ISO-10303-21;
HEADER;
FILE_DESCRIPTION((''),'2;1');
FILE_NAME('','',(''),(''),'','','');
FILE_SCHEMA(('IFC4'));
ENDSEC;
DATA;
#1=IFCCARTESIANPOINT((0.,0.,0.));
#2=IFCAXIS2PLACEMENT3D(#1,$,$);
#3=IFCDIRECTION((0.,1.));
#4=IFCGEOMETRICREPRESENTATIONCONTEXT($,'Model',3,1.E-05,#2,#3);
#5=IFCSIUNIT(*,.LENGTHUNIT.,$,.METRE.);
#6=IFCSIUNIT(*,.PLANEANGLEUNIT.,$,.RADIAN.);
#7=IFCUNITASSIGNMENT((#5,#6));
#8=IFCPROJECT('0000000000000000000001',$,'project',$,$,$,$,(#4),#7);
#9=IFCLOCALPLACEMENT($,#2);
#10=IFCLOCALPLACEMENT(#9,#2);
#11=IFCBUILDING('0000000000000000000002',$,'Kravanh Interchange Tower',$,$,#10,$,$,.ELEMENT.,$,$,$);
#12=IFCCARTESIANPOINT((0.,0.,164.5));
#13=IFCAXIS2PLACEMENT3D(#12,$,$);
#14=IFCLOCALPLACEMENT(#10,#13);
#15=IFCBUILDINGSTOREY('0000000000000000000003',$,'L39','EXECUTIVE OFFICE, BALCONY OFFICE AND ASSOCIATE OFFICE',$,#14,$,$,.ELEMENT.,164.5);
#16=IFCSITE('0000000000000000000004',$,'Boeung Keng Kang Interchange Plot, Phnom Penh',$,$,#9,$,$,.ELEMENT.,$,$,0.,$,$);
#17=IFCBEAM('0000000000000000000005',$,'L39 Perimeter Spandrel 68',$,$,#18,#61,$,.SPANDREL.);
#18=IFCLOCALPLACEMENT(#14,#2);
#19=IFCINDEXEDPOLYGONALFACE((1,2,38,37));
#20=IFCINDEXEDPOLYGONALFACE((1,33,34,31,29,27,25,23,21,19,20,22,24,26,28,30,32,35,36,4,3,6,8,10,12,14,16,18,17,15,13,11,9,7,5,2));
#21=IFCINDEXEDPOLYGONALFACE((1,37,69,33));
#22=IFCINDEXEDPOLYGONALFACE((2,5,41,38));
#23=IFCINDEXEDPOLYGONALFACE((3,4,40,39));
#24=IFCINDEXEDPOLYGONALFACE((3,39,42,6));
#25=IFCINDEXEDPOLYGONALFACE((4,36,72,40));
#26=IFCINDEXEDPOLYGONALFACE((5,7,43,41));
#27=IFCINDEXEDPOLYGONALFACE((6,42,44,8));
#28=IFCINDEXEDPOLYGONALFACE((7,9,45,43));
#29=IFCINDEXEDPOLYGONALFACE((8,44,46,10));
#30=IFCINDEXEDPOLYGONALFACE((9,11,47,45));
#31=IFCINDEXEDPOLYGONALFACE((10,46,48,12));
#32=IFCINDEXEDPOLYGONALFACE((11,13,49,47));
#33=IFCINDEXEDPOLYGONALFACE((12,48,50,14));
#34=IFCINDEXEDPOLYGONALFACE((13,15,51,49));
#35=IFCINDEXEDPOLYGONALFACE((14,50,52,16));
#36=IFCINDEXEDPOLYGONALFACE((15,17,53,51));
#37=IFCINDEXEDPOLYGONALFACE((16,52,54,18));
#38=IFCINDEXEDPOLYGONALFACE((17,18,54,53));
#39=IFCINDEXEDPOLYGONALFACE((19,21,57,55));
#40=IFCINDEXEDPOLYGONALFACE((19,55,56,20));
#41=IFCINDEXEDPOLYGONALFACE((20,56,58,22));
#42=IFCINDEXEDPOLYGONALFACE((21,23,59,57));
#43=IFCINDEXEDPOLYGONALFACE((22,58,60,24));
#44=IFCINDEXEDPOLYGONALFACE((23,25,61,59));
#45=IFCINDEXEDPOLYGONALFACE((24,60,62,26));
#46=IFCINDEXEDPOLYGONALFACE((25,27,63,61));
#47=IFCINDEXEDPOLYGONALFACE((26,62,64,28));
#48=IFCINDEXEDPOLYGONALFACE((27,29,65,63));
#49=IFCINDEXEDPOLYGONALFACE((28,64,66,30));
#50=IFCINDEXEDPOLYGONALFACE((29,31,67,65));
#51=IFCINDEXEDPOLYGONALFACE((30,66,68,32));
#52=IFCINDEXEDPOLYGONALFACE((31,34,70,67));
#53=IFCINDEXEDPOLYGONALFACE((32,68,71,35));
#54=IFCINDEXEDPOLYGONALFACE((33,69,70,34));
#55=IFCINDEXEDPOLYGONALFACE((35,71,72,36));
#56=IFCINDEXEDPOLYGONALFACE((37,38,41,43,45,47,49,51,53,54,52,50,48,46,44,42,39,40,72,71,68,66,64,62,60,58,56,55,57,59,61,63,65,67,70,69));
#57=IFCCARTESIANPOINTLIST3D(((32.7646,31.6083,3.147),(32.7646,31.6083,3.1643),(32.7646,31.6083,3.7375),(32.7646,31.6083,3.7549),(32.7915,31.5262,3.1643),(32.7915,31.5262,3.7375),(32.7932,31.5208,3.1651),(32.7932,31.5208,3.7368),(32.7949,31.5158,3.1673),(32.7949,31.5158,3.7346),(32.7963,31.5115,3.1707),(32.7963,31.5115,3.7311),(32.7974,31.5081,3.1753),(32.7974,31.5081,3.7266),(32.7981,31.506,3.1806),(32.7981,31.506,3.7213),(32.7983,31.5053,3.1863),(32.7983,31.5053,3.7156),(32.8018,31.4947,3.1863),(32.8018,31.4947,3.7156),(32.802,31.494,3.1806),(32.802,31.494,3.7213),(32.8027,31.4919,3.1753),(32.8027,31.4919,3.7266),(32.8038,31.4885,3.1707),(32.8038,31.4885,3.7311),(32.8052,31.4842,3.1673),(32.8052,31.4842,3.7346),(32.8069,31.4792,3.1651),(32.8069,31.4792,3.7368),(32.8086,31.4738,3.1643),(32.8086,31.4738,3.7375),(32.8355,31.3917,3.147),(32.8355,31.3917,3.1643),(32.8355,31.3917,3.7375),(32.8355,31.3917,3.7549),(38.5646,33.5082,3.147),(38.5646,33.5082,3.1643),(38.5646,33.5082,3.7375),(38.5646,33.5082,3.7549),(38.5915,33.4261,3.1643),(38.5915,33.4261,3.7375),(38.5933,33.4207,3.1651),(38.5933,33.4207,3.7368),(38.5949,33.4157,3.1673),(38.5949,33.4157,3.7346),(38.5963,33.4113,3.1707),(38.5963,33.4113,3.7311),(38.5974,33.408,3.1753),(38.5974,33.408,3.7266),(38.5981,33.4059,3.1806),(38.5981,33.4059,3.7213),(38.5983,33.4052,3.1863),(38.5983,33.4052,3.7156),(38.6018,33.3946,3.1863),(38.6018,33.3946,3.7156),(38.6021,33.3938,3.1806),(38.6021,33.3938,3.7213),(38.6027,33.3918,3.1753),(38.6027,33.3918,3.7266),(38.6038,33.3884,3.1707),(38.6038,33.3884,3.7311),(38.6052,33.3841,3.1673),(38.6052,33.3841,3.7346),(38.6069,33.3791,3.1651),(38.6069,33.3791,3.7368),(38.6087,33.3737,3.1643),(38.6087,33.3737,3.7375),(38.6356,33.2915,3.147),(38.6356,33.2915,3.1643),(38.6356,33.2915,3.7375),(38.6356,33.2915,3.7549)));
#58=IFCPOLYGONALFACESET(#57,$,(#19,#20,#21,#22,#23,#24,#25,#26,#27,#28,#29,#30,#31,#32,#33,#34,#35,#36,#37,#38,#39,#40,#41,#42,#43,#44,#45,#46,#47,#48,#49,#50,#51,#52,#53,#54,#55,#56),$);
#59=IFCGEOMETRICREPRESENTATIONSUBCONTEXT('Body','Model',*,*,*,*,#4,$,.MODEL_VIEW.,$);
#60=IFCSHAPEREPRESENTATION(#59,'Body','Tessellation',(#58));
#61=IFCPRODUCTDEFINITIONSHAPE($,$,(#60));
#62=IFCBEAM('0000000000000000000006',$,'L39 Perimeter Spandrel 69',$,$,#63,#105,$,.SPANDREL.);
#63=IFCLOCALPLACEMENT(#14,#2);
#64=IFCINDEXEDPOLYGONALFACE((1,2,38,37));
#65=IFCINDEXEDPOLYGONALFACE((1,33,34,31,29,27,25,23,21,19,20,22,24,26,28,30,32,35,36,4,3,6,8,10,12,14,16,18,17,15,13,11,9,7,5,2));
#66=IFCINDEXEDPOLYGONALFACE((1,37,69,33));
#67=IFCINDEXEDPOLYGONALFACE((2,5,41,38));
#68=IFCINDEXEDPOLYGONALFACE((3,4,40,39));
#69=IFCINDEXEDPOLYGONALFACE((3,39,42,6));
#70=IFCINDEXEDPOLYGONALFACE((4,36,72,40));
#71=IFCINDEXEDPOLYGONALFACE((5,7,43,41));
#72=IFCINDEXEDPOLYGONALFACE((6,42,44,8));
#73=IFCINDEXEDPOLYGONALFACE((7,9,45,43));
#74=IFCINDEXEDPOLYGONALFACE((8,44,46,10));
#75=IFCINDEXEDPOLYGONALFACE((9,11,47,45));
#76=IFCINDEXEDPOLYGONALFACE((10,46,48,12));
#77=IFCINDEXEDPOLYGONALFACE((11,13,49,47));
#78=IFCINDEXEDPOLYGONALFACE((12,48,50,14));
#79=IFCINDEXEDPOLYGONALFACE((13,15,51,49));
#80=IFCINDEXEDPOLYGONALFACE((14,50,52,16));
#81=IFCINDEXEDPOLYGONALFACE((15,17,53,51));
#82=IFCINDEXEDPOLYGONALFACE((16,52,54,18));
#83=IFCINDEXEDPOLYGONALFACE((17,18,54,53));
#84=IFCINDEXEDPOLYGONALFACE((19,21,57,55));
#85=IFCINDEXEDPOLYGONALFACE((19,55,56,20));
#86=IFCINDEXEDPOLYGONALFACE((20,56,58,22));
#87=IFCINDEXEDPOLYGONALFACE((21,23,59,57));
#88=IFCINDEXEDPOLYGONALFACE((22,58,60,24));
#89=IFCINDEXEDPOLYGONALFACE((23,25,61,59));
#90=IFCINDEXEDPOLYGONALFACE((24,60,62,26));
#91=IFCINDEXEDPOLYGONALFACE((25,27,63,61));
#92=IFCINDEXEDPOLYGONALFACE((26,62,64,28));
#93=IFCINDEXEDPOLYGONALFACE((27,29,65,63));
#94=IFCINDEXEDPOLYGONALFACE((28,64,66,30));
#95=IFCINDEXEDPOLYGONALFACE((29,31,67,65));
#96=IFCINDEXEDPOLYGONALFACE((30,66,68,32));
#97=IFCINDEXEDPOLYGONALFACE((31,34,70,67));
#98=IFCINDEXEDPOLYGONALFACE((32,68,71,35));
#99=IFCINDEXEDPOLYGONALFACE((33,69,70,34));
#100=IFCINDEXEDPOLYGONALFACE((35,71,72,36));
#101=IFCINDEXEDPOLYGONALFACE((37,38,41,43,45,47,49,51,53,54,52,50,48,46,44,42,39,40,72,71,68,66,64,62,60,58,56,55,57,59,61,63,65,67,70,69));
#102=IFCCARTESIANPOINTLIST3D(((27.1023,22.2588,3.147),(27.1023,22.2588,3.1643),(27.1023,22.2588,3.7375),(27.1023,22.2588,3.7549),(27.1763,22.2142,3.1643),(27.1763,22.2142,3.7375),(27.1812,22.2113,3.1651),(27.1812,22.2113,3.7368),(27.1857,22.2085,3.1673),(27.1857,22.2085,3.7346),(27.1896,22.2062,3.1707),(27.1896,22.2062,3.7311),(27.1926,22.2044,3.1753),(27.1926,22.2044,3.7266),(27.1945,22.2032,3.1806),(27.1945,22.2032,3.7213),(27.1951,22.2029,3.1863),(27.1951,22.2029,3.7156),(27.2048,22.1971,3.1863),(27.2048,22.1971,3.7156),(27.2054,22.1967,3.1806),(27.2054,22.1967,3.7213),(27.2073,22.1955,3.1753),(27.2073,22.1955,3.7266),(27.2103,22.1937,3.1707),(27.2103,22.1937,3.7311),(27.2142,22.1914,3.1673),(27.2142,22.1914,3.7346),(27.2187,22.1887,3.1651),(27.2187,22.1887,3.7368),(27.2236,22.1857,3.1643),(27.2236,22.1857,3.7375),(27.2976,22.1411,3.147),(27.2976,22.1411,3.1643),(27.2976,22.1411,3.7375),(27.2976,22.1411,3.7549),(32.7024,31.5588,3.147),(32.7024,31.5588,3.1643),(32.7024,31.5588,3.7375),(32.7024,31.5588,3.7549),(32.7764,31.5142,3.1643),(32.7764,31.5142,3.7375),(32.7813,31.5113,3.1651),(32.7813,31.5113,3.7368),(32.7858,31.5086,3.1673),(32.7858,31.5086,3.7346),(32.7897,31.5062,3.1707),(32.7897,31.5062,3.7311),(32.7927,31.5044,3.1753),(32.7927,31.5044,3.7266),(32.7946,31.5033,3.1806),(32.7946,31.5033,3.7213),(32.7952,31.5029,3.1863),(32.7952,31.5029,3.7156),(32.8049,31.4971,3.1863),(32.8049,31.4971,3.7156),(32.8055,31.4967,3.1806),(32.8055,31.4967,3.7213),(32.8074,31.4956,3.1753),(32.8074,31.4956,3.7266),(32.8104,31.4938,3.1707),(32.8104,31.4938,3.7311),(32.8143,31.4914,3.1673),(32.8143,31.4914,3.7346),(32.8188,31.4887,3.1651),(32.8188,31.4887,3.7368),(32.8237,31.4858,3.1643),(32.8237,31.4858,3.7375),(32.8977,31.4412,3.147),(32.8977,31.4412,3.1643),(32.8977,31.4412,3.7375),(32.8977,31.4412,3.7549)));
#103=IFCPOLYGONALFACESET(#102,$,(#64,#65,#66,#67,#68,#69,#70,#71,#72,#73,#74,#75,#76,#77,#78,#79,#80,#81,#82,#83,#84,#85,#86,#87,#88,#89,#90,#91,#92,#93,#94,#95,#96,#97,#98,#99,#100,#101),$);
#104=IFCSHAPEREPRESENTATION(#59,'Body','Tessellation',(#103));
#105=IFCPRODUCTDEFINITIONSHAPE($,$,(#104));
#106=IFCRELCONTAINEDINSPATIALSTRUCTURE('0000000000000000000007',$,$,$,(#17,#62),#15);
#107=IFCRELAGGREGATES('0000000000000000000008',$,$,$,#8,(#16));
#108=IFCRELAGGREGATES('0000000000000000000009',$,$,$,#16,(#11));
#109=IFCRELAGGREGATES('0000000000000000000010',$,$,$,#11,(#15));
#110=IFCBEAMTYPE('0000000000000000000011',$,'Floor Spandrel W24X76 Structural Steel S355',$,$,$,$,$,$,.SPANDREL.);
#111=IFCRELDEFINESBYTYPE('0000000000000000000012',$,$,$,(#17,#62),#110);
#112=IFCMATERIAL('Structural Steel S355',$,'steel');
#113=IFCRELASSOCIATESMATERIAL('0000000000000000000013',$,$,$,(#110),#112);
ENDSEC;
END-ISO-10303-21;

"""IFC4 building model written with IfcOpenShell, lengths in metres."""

from ifc_helpers import new_model, si_unit, direction, frame, origin, origin_2d, place, context, subcontext, project, spatial, i_section, extrude, material, material_profile, profile_set, type_object, element, save


model = new_model("IFC4")

# Units and contexts
model_context = context("Model", 3, precision=1e-05, world=origin(), true_north=direction((0.0, 1.0)))
body_context = subcontext(model_context, "Body", "Model", "MODEL_VIEW")
ifc_project = project(units=[si_unit("LENGTHUNIT", "METRE"), si_unit("PLANEANGLEUNIT", "RADIAN")], contexts=[model_context])

# Site, building, storey
site_placement = place(None, origin())
site = spatial("IfcSite", under=ifc_project, at=site_placement, Name="Boeung Keng Kang Interchange Plot, Phnom Penh", CompositionType="ELEMENT", RefElevation=0.0)
building_placement = place(site_placement, origin())
building = spatial("IfcBuilding", under=site, at=building_placement, Name="Kravanh Interchange Tower", CompositionType="ELEMENT")
storey_placement = place(building_placement, frame((0.0, 0.0, 164.5)))
storey = spatial("IfcBuildingStorey", under=building, at=storey_placement, Name="L39", Description="EXECUTIVE OFFICE, BALCONY OFFICE AND ASSOCIATE OFFICE", CompositionType="ELEMENT", Elevation=164.5)

# Beams
ifc_material_1 = material(Name="Structural Steel S355", Category="steel")
ifc_material_profile_1 = material_profile(ifc_material_1, i_section(OverallWidth=0.228, OverallDepth=0.6079, WebThickness=0.0112, FlangeThickness=0.0173, FilletRadius=0.022, at=origin_2d()), Name="W24X76")
ifc_profile_set_1 = profile_set([ifc_material_profile_1], Name="Structural Steel S355")
beam_type_1 = type_object("IfcBeamType", Name="Floor Spandrel W24X76 Structural Steel S355", PredefinedType="SPANDREL", material=ifc_profile_set_1)
beam_1_placement = place(storey_placement, frame((32.8, 31.5, 3.4509), z_axis=(0.950315, 0.311291, 0.0), x_axis=(-0.311291, 0.950315, 0.0)))
element("IfcBeam", 1, at=beam_1_placement, inside=storey, type_object=beam_type_1, Name="L39 Perimeter Spandrel 68", PredefinedType="SPANDREL", context=body_context, shape_type="SweptSolid", body=[
    extrude(i_section(OverallWidth=0.228, OverallDepth=0.6079, WebThickness=0.0112, FlangeThickness=0.0173, FilletRadius=0.022, at=origin_2d()), origin(), (0.0, 0.0, 1.0), 6.1033),
])
beam_2_placement = place(storey_placement, frame((32.8, 31.5, 3.4509), z_axis=(-0.515854, -0.856676, 0.0), x_axis=(0.856676, -0.515854, 0.0)))
element("IfcBeam", 2, at=beam_2_placement, inside=storey, type_object=beam_type_1, Name="L39 Perimeter Spandrel 69", PredefinedType="SPANDREL", context=body_context, shape_type="SweptSolid", body=[
    extrude(i_section(OverallWidth=0.228, OverallDepth=0.6079, WebThickness=0.0112, FlangeThickness=0.0173, FilletRadius=0.022, at=origin_2d()), origin(), (0.0, 0.0, 1.0), 10.856),
])

save(model, "model.ifc")
